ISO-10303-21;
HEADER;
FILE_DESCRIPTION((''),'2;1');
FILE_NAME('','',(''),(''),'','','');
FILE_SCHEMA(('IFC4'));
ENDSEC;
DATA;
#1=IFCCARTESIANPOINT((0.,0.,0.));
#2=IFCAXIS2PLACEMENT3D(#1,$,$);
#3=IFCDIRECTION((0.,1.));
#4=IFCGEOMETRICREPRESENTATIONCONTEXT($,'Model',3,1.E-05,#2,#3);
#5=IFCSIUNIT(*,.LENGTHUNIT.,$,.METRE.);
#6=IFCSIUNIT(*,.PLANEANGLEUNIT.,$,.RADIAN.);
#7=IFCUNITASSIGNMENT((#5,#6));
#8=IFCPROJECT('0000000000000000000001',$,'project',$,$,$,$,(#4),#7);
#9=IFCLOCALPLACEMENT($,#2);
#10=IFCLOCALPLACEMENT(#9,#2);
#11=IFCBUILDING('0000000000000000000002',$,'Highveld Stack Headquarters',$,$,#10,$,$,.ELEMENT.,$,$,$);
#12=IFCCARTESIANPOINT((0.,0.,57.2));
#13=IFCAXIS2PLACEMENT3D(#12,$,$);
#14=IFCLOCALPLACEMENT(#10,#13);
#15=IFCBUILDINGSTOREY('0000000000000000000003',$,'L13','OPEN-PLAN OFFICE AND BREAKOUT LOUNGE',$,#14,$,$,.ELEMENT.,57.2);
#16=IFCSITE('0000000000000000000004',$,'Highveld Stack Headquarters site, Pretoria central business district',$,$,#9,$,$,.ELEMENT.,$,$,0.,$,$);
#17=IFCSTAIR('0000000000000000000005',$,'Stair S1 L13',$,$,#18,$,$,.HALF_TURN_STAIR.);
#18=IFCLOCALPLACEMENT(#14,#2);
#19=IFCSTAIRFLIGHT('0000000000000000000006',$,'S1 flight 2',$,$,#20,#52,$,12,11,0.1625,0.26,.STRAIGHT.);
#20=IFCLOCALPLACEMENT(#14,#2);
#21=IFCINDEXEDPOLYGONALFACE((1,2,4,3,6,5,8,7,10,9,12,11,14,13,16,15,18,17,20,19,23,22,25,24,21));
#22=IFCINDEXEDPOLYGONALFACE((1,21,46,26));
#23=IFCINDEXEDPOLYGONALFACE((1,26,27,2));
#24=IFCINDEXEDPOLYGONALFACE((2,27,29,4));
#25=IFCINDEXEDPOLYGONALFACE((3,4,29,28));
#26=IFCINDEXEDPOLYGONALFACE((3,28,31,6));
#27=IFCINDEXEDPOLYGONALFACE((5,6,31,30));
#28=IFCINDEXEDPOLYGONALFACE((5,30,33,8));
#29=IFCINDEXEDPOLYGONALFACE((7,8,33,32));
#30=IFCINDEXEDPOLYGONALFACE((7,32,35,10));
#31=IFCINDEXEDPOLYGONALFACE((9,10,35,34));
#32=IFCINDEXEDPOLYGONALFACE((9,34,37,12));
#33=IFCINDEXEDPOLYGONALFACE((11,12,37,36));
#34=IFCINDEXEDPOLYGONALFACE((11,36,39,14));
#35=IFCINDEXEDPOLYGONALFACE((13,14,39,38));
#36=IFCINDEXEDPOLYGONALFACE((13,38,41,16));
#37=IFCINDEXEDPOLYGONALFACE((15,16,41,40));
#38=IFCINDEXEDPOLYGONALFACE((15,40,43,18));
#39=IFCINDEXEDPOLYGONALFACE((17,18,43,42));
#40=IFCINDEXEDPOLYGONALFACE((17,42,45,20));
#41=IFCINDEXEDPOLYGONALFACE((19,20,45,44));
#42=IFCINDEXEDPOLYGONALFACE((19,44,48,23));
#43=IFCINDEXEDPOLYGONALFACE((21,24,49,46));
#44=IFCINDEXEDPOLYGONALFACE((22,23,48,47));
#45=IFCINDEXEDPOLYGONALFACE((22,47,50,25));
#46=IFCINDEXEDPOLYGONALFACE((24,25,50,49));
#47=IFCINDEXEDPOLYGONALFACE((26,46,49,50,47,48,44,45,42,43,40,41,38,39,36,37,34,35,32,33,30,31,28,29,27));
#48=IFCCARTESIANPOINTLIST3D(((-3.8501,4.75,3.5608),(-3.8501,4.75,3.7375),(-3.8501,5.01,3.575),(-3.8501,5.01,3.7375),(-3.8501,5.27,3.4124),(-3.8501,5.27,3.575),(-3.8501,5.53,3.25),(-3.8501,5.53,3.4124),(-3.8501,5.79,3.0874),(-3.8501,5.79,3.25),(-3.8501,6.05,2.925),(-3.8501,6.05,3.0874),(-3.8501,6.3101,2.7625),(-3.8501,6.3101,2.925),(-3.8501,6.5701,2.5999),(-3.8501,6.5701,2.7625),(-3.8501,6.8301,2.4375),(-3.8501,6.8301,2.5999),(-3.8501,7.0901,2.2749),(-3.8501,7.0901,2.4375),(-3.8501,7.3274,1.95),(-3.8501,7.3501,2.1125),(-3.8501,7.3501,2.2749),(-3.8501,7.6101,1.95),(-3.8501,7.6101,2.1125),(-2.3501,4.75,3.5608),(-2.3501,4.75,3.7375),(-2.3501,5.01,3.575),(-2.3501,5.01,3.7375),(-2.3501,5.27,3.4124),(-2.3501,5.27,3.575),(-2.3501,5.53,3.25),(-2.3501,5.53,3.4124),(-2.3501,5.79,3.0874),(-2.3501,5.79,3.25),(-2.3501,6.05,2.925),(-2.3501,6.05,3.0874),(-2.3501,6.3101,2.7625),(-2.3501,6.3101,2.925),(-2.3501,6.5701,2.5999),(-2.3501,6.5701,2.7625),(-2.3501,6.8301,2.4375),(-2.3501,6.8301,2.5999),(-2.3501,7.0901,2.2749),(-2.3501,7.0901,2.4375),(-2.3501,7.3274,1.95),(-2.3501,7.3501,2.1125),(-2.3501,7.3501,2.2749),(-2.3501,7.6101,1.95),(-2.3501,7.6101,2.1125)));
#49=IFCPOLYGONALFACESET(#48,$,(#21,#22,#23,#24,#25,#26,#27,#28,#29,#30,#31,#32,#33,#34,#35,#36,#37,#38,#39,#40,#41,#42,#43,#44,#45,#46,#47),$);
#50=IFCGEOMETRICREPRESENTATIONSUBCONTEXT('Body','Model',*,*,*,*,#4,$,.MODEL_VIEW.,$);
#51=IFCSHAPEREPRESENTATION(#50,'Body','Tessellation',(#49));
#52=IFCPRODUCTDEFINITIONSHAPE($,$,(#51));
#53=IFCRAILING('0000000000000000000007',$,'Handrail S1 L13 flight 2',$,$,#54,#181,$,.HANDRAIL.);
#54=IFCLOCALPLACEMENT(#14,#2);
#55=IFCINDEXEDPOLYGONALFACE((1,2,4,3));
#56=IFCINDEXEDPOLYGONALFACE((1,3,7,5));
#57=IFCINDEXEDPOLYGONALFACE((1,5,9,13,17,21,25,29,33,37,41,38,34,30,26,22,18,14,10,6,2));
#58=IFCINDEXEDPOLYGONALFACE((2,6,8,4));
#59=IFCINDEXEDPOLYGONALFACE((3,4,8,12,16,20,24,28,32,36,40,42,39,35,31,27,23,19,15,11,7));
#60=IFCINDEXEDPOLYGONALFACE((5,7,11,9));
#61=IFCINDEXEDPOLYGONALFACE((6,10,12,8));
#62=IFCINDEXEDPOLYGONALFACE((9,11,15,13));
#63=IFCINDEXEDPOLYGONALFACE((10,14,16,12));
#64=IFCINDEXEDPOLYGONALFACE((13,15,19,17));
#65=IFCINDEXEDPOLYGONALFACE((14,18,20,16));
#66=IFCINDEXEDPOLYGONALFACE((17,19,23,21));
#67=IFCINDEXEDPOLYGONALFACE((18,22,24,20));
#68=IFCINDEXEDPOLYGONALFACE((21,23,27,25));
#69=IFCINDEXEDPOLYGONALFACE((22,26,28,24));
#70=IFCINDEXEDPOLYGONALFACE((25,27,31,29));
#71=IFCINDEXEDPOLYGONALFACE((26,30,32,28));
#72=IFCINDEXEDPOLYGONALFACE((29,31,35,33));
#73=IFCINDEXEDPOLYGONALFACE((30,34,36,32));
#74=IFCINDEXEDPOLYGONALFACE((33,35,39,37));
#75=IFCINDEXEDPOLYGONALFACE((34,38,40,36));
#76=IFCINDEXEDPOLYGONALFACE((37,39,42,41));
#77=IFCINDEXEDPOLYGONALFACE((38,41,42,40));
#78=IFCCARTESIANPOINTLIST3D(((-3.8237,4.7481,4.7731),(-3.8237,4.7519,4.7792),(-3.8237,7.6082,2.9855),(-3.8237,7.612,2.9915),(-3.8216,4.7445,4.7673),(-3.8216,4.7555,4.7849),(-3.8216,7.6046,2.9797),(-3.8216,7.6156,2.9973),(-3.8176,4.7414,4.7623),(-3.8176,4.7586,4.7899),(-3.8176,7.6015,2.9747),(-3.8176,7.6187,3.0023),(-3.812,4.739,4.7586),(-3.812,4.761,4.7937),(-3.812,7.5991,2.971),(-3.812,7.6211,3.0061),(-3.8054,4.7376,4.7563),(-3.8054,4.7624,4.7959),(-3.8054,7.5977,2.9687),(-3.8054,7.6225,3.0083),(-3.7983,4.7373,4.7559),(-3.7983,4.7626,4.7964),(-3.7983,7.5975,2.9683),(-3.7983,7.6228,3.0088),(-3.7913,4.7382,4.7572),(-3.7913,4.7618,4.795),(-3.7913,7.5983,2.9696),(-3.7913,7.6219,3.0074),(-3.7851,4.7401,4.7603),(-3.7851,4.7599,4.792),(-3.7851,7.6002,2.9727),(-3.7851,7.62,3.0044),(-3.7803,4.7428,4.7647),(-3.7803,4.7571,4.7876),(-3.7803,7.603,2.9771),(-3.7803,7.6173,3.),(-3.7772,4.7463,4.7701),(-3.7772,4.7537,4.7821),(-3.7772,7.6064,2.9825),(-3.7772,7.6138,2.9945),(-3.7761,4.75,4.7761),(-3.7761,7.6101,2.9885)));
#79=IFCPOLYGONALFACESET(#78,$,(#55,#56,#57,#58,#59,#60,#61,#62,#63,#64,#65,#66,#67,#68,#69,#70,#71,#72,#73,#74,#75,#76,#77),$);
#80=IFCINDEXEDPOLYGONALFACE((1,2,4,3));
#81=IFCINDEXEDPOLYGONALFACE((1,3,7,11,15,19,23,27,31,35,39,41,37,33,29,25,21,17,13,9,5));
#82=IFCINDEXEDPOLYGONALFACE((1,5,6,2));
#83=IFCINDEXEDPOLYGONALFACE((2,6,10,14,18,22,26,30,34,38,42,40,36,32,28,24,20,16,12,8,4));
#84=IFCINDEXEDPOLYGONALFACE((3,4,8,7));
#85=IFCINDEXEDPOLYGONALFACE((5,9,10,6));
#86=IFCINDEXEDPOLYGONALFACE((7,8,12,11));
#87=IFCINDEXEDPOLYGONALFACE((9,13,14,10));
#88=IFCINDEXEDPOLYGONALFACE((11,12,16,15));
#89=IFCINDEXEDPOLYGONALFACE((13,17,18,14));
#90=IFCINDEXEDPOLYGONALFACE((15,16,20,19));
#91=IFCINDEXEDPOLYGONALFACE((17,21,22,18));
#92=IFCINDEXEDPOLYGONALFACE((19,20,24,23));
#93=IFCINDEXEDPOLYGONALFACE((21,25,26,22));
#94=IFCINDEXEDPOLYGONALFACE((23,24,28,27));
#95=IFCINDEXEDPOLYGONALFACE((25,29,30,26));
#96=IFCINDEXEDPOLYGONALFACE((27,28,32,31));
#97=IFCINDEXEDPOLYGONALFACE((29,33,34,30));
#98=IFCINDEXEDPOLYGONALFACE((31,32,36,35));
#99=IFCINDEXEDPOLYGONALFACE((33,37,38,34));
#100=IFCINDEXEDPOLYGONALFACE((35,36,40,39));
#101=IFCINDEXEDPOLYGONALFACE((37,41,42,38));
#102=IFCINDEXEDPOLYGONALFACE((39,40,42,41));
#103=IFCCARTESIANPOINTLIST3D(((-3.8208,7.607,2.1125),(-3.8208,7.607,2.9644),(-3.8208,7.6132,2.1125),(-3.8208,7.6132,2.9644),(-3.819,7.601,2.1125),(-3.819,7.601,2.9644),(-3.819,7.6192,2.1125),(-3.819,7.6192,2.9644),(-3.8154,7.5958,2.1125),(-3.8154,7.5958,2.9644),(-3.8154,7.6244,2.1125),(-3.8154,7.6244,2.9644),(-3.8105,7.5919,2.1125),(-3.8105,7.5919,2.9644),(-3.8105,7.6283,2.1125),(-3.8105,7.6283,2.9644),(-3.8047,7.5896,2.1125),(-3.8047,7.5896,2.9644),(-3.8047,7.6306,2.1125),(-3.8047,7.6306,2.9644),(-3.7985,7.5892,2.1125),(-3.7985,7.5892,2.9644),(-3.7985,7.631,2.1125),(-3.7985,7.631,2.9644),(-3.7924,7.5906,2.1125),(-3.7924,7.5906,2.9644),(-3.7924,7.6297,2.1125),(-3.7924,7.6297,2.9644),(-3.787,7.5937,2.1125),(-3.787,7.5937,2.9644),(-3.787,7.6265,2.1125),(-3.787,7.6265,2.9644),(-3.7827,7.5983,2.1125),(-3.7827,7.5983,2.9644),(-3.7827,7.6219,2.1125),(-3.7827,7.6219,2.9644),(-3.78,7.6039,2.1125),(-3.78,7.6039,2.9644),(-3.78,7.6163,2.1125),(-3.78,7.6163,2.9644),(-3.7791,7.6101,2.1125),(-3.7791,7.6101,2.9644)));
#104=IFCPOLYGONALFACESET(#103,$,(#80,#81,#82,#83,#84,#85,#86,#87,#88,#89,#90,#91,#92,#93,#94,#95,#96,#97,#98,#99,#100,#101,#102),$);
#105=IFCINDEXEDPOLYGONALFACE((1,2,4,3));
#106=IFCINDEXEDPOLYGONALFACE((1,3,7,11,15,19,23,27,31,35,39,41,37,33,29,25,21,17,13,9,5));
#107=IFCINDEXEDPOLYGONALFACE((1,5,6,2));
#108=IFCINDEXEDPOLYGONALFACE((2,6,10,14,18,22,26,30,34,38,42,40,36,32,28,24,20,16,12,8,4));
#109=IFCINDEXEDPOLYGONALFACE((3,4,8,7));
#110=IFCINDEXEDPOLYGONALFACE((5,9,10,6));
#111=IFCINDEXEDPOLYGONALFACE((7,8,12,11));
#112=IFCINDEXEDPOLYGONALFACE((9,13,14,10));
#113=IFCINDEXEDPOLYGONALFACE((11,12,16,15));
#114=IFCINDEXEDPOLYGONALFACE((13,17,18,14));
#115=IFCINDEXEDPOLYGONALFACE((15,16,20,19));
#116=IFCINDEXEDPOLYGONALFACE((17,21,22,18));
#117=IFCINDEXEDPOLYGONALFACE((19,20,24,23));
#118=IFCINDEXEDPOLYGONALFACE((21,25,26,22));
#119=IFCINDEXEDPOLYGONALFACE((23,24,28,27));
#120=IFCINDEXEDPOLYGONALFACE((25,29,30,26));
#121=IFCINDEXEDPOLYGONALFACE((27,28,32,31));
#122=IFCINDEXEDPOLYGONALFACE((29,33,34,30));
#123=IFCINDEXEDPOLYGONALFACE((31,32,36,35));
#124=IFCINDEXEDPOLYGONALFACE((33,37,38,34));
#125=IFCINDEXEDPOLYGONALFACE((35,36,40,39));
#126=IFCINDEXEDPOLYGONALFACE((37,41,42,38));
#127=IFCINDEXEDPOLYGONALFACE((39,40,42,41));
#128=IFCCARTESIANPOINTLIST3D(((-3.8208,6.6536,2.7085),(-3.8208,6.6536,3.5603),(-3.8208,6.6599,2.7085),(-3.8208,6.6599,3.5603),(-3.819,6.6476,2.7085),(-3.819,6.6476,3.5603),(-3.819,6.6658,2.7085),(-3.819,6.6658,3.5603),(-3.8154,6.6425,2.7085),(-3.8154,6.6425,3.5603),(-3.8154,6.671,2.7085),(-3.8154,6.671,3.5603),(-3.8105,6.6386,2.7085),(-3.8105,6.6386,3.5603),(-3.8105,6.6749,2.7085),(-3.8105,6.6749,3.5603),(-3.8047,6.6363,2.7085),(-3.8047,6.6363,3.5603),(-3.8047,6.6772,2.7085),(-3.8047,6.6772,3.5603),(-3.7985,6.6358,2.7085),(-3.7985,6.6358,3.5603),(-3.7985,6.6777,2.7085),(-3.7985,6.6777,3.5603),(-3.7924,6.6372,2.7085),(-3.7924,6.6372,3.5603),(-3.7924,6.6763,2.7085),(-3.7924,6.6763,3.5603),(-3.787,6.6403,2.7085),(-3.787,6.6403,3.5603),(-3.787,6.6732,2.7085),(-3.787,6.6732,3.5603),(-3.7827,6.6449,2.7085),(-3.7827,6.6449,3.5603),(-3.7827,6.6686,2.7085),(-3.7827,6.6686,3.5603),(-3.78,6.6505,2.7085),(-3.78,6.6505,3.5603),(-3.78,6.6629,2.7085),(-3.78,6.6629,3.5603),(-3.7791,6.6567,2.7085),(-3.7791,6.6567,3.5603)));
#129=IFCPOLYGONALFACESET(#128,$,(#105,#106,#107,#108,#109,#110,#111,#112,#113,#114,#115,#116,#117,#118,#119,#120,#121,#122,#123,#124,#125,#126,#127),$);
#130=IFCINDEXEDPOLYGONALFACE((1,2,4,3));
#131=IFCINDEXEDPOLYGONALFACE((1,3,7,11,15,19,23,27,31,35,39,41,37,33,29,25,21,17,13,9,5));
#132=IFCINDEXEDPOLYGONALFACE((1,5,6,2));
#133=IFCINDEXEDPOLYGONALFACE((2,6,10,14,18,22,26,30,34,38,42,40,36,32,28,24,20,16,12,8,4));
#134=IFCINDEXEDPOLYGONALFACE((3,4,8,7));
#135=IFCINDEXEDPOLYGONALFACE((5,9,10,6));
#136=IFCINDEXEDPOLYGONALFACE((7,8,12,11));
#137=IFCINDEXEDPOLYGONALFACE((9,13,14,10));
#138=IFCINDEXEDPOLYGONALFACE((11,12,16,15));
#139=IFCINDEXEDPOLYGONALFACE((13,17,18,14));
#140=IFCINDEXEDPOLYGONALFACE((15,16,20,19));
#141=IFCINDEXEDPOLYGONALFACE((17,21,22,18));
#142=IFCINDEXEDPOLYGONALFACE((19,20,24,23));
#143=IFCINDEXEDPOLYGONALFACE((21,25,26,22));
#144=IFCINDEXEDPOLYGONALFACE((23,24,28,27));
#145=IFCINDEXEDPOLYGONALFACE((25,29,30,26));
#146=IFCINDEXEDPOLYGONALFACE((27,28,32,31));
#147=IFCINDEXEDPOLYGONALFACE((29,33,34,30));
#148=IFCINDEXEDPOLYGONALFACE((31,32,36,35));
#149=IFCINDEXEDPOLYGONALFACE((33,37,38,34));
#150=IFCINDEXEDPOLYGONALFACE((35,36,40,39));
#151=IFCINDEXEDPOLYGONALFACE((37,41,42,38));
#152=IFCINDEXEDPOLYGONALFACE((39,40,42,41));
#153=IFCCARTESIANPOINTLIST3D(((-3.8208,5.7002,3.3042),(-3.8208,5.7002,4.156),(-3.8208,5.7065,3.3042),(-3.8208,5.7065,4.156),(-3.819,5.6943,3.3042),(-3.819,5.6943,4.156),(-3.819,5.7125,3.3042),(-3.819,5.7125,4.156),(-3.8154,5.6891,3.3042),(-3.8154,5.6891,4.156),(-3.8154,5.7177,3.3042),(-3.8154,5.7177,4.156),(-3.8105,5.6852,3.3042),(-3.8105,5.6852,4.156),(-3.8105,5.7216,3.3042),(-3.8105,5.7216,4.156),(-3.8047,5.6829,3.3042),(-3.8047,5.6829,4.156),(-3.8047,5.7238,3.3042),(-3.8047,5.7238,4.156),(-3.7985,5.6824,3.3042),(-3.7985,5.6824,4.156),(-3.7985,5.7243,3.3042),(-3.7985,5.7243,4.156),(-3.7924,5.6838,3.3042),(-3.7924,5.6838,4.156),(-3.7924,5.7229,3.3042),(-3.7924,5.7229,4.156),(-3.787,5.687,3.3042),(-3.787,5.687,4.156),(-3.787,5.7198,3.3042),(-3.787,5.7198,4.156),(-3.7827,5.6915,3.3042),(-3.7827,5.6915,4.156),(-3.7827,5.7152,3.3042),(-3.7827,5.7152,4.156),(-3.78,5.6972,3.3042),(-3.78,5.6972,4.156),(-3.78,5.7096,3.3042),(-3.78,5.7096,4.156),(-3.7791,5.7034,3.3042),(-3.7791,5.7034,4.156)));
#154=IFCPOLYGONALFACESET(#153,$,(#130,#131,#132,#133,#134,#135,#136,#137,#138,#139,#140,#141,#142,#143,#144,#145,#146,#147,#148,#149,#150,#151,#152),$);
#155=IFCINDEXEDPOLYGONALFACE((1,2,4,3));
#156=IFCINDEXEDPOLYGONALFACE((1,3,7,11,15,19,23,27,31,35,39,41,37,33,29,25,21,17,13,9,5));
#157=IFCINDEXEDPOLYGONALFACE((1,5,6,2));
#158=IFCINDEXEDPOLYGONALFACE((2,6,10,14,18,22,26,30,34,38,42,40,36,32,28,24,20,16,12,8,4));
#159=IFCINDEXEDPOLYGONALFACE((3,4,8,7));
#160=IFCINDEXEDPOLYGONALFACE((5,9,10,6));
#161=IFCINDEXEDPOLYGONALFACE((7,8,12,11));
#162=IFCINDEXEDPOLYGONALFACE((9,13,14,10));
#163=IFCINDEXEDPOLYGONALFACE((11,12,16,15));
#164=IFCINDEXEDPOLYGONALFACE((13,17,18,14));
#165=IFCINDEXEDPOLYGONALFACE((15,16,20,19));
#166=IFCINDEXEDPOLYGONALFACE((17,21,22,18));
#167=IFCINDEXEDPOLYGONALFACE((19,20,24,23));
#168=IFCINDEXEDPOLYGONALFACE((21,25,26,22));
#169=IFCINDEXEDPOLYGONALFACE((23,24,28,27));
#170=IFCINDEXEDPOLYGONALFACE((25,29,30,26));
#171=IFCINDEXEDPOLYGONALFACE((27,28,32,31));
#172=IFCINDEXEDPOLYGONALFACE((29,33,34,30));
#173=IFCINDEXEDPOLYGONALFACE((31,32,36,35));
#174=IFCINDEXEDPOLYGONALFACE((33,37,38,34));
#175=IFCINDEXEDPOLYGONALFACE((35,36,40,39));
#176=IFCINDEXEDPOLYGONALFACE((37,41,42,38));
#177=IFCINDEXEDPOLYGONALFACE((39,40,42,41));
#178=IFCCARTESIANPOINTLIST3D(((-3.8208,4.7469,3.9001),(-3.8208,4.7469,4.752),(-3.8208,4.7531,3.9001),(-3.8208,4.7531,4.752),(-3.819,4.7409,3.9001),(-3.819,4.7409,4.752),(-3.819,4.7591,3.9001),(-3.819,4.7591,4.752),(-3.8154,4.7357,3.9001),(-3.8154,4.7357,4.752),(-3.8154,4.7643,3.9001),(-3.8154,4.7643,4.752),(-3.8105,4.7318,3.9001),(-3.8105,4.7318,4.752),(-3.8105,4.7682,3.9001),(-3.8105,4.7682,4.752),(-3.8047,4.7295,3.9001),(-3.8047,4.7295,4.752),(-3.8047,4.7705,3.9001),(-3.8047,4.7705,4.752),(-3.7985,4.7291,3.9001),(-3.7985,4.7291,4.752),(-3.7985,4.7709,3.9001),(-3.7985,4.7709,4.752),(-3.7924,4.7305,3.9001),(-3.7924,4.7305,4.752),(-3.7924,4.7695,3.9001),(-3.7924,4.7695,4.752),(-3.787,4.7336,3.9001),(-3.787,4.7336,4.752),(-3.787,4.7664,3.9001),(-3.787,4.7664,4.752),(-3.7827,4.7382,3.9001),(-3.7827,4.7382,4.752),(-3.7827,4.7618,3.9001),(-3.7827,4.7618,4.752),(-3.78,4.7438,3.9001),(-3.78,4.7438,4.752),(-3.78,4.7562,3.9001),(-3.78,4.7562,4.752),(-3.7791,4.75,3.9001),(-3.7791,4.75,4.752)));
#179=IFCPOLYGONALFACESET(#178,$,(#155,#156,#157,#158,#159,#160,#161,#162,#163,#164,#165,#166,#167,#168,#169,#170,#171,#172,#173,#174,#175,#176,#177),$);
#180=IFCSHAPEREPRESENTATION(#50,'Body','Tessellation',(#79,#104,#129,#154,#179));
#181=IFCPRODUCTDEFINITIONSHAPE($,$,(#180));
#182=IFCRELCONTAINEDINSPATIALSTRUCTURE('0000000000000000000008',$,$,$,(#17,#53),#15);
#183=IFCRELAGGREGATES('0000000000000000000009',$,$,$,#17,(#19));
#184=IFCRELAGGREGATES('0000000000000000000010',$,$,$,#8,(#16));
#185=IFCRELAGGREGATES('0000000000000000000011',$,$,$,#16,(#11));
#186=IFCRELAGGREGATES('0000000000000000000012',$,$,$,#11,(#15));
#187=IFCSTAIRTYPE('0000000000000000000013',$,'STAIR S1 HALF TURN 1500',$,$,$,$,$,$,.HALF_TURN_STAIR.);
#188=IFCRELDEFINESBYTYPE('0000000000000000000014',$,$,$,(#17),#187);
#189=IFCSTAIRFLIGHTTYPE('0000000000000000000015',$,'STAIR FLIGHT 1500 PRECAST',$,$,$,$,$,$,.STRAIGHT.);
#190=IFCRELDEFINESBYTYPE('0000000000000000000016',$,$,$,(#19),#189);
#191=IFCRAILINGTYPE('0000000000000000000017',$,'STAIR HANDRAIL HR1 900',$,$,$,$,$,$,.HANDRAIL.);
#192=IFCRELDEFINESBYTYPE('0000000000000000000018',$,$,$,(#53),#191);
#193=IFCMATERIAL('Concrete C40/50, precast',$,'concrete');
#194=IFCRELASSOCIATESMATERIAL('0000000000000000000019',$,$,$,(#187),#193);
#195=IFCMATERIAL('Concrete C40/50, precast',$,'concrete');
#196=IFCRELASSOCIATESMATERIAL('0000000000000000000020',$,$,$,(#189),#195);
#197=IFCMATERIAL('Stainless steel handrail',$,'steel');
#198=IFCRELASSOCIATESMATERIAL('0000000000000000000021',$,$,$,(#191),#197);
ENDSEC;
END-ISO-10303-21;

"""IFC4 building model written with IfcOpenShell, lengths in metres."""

from ifc_helpers import new_model, si_unit, direction, frame, origin, origin_2d, place, context, subcontext, project, spatial, polyline, circle, outline, extrude, material, type_object, element, aggregate, save


model = new_model("IFC4")

# Units and contexts
model_context = context("Model", 3, precision=1e-05, world=origin(), true_north=direction((0.0, 1.0)))
body_context = subcontext(model_context, "Body", "Model", "MODEL_VIEW")
ifc_project = project(units=[si_unit("LENGTHUNIT", "METRE"), si_unit("PLANEANGLEUNIT", "RADIAN")], contexts=[model_context])

# Site, building, storey
site_placement = place(None, origin())
site = spatial("IfcSite", under=ifc_project, at=site_placement, Name="Highveld Stack Headquarters site, Pretoria central business district", CompositionType="ELEMENT", RefElevation=0.0)
building_placement = place(site_placement, origin())
building = spatial("IfcBuilding", under=site, at=building_placement, Name="Highveld Stack Headquarters", CompositionType="ELEMENT")
storey_placement = place(building_placement, frame((0.0, 0.0, 57.2)))
storey = spatial("IfcBuildingStorey", under=building, at=storey_placement, Name="L13", Description="OPEN-PLAN OFFICE AND BREAKOUT LOUNGE", CompositionType="ELEMENT", Elevation=57.2)

# Stair, stair flight
ifc_material_1 = material(Name="Concrete C40/50, precast", Category="concrete")
stair_type = type_object("IfcStairType", Name="STAIR S1 HALF TURN 1500", PredefinedType="HALF_TURN_STAIR", material=ifc_material_1)
stair_placement = place(storey_placement, origin())
stair = element("IfcStair", 1, at=stair_placement, inside=storey, type_object=stair_type, Name="Stair S1 L13", PredefinedType="HALF_TURN_STAIR")
ifc_material_2 = material(Name="Concrete C40/50, precast", Category="concrete")
stair_flight_type = type_object("IfcStairFlightType", Name="STAIR FLIGHT 1500 PRECAST", PredefinedType="STRAIGHT", material=ifc_material_2)
stair_flight_placement = place(storey_placement, frame((-3.1001, 7.6101, 1.95), z_axis=(0.0, 0.0, 1.0), x_axis=(0.0, -1.0, 0.0)))
stair_flight = element("IfcStairFlight", 2, at=stair_flight_placement, type_object=stair_flight_type, Name="S1 flight 2", NumberOfRisers=12, NumberOfTreads=11, PredefinedType="STRAIGHT", RiserHeight=0.1625, TreadLength=0.26, context=body_context, shape_type="SweptSolid", body=[
    extrude(outline(polyline([(0.0, 0.0), (0.0, 0.1626), (0.26, 0.1626), (0.26, 0.325), (0.52, 0.325), (0.52, 0.4875), (0.78, 0.4875), (0.78, 0.6499), (1.04, 0.6499), (1.04, 0.8125), (1.3, 0.8125), (1.3, 0.9751), (1.5601, 0.9751), (1.5601, 1.1375), (1.8201, 1.1375), (1.8201, 1.3), (2.0801, 1.3), (2.0801, 1.4624), (2.3401, 1.4624), (2.3401, 1.625), (2.6001, 1.625), (2.6001, 1.7876), (2.8601, 1.7876), (2.8601, 1.95), (2.8601, 1.6108), (0.2827, 0.0), (0.0, 0.0)])), frame((0.0, 0.75, 0.0), z_axis=(0.0, -1.0, 0.0), x_axis=(1.0, 0.0, 0.0)), (0.0, 0.0, 1.0), 1.5),
])
aggregate(stair, [stair_flight])

# Railing
ifc_material_3 = material(Name="Stainless steel handrail", Category="steel")
railing_type = type_object("IfcRailingType", Name="STAIR HANDRAIL HR1 900", PredefinedType="HANDRAIL", material=ifc_material_3)
for number, where, name in (
    (3, (-3.8, 7.6101, 2.1125), "Handrail S1 L13 flight 2"),
):
    element("IfcRailing", number, at=place(storey_placement, frame(where)), inside=storey, type_object=railing_type, Name=name, PredefinedType="HANDRAIL", context=body_context, shape_type="SweptSolid", body=[
        extrude(circle(Radius=0.0239, at=origin_2d()), frame((0.0, 0.0, 0.876), z_axis=(0.0, -0.847994, 0.530005), x_axis=(1.0, 0.0, 0.0)), (0.0, 0.0, 1.0), 3.3728),
        extrude(circle(Radius=0.021, at=origin_2d()), origin(), (0.0, 0.0, 1.0), 0.8518),
        extrude(circle(Radius=0.021, at=origin_2d()), frame((0.0, -0.9534, 0.5959)), (0.0, 0.0, 1.0), 0.8518),
        extrude(circle(Radius=0.021, at=origin_2d()), frame((0.0, -1.9067, 1.1917)), (0.0, 0.0, 1.0), 0.8518),
        extrude(circle(Radius=0.021, at=origin_2d()), frame((0.0, -2.8601, 1.7876)), (0.0, 0.0, 1.0), 0.8518),
    ])

save(model, "model.ifc")
